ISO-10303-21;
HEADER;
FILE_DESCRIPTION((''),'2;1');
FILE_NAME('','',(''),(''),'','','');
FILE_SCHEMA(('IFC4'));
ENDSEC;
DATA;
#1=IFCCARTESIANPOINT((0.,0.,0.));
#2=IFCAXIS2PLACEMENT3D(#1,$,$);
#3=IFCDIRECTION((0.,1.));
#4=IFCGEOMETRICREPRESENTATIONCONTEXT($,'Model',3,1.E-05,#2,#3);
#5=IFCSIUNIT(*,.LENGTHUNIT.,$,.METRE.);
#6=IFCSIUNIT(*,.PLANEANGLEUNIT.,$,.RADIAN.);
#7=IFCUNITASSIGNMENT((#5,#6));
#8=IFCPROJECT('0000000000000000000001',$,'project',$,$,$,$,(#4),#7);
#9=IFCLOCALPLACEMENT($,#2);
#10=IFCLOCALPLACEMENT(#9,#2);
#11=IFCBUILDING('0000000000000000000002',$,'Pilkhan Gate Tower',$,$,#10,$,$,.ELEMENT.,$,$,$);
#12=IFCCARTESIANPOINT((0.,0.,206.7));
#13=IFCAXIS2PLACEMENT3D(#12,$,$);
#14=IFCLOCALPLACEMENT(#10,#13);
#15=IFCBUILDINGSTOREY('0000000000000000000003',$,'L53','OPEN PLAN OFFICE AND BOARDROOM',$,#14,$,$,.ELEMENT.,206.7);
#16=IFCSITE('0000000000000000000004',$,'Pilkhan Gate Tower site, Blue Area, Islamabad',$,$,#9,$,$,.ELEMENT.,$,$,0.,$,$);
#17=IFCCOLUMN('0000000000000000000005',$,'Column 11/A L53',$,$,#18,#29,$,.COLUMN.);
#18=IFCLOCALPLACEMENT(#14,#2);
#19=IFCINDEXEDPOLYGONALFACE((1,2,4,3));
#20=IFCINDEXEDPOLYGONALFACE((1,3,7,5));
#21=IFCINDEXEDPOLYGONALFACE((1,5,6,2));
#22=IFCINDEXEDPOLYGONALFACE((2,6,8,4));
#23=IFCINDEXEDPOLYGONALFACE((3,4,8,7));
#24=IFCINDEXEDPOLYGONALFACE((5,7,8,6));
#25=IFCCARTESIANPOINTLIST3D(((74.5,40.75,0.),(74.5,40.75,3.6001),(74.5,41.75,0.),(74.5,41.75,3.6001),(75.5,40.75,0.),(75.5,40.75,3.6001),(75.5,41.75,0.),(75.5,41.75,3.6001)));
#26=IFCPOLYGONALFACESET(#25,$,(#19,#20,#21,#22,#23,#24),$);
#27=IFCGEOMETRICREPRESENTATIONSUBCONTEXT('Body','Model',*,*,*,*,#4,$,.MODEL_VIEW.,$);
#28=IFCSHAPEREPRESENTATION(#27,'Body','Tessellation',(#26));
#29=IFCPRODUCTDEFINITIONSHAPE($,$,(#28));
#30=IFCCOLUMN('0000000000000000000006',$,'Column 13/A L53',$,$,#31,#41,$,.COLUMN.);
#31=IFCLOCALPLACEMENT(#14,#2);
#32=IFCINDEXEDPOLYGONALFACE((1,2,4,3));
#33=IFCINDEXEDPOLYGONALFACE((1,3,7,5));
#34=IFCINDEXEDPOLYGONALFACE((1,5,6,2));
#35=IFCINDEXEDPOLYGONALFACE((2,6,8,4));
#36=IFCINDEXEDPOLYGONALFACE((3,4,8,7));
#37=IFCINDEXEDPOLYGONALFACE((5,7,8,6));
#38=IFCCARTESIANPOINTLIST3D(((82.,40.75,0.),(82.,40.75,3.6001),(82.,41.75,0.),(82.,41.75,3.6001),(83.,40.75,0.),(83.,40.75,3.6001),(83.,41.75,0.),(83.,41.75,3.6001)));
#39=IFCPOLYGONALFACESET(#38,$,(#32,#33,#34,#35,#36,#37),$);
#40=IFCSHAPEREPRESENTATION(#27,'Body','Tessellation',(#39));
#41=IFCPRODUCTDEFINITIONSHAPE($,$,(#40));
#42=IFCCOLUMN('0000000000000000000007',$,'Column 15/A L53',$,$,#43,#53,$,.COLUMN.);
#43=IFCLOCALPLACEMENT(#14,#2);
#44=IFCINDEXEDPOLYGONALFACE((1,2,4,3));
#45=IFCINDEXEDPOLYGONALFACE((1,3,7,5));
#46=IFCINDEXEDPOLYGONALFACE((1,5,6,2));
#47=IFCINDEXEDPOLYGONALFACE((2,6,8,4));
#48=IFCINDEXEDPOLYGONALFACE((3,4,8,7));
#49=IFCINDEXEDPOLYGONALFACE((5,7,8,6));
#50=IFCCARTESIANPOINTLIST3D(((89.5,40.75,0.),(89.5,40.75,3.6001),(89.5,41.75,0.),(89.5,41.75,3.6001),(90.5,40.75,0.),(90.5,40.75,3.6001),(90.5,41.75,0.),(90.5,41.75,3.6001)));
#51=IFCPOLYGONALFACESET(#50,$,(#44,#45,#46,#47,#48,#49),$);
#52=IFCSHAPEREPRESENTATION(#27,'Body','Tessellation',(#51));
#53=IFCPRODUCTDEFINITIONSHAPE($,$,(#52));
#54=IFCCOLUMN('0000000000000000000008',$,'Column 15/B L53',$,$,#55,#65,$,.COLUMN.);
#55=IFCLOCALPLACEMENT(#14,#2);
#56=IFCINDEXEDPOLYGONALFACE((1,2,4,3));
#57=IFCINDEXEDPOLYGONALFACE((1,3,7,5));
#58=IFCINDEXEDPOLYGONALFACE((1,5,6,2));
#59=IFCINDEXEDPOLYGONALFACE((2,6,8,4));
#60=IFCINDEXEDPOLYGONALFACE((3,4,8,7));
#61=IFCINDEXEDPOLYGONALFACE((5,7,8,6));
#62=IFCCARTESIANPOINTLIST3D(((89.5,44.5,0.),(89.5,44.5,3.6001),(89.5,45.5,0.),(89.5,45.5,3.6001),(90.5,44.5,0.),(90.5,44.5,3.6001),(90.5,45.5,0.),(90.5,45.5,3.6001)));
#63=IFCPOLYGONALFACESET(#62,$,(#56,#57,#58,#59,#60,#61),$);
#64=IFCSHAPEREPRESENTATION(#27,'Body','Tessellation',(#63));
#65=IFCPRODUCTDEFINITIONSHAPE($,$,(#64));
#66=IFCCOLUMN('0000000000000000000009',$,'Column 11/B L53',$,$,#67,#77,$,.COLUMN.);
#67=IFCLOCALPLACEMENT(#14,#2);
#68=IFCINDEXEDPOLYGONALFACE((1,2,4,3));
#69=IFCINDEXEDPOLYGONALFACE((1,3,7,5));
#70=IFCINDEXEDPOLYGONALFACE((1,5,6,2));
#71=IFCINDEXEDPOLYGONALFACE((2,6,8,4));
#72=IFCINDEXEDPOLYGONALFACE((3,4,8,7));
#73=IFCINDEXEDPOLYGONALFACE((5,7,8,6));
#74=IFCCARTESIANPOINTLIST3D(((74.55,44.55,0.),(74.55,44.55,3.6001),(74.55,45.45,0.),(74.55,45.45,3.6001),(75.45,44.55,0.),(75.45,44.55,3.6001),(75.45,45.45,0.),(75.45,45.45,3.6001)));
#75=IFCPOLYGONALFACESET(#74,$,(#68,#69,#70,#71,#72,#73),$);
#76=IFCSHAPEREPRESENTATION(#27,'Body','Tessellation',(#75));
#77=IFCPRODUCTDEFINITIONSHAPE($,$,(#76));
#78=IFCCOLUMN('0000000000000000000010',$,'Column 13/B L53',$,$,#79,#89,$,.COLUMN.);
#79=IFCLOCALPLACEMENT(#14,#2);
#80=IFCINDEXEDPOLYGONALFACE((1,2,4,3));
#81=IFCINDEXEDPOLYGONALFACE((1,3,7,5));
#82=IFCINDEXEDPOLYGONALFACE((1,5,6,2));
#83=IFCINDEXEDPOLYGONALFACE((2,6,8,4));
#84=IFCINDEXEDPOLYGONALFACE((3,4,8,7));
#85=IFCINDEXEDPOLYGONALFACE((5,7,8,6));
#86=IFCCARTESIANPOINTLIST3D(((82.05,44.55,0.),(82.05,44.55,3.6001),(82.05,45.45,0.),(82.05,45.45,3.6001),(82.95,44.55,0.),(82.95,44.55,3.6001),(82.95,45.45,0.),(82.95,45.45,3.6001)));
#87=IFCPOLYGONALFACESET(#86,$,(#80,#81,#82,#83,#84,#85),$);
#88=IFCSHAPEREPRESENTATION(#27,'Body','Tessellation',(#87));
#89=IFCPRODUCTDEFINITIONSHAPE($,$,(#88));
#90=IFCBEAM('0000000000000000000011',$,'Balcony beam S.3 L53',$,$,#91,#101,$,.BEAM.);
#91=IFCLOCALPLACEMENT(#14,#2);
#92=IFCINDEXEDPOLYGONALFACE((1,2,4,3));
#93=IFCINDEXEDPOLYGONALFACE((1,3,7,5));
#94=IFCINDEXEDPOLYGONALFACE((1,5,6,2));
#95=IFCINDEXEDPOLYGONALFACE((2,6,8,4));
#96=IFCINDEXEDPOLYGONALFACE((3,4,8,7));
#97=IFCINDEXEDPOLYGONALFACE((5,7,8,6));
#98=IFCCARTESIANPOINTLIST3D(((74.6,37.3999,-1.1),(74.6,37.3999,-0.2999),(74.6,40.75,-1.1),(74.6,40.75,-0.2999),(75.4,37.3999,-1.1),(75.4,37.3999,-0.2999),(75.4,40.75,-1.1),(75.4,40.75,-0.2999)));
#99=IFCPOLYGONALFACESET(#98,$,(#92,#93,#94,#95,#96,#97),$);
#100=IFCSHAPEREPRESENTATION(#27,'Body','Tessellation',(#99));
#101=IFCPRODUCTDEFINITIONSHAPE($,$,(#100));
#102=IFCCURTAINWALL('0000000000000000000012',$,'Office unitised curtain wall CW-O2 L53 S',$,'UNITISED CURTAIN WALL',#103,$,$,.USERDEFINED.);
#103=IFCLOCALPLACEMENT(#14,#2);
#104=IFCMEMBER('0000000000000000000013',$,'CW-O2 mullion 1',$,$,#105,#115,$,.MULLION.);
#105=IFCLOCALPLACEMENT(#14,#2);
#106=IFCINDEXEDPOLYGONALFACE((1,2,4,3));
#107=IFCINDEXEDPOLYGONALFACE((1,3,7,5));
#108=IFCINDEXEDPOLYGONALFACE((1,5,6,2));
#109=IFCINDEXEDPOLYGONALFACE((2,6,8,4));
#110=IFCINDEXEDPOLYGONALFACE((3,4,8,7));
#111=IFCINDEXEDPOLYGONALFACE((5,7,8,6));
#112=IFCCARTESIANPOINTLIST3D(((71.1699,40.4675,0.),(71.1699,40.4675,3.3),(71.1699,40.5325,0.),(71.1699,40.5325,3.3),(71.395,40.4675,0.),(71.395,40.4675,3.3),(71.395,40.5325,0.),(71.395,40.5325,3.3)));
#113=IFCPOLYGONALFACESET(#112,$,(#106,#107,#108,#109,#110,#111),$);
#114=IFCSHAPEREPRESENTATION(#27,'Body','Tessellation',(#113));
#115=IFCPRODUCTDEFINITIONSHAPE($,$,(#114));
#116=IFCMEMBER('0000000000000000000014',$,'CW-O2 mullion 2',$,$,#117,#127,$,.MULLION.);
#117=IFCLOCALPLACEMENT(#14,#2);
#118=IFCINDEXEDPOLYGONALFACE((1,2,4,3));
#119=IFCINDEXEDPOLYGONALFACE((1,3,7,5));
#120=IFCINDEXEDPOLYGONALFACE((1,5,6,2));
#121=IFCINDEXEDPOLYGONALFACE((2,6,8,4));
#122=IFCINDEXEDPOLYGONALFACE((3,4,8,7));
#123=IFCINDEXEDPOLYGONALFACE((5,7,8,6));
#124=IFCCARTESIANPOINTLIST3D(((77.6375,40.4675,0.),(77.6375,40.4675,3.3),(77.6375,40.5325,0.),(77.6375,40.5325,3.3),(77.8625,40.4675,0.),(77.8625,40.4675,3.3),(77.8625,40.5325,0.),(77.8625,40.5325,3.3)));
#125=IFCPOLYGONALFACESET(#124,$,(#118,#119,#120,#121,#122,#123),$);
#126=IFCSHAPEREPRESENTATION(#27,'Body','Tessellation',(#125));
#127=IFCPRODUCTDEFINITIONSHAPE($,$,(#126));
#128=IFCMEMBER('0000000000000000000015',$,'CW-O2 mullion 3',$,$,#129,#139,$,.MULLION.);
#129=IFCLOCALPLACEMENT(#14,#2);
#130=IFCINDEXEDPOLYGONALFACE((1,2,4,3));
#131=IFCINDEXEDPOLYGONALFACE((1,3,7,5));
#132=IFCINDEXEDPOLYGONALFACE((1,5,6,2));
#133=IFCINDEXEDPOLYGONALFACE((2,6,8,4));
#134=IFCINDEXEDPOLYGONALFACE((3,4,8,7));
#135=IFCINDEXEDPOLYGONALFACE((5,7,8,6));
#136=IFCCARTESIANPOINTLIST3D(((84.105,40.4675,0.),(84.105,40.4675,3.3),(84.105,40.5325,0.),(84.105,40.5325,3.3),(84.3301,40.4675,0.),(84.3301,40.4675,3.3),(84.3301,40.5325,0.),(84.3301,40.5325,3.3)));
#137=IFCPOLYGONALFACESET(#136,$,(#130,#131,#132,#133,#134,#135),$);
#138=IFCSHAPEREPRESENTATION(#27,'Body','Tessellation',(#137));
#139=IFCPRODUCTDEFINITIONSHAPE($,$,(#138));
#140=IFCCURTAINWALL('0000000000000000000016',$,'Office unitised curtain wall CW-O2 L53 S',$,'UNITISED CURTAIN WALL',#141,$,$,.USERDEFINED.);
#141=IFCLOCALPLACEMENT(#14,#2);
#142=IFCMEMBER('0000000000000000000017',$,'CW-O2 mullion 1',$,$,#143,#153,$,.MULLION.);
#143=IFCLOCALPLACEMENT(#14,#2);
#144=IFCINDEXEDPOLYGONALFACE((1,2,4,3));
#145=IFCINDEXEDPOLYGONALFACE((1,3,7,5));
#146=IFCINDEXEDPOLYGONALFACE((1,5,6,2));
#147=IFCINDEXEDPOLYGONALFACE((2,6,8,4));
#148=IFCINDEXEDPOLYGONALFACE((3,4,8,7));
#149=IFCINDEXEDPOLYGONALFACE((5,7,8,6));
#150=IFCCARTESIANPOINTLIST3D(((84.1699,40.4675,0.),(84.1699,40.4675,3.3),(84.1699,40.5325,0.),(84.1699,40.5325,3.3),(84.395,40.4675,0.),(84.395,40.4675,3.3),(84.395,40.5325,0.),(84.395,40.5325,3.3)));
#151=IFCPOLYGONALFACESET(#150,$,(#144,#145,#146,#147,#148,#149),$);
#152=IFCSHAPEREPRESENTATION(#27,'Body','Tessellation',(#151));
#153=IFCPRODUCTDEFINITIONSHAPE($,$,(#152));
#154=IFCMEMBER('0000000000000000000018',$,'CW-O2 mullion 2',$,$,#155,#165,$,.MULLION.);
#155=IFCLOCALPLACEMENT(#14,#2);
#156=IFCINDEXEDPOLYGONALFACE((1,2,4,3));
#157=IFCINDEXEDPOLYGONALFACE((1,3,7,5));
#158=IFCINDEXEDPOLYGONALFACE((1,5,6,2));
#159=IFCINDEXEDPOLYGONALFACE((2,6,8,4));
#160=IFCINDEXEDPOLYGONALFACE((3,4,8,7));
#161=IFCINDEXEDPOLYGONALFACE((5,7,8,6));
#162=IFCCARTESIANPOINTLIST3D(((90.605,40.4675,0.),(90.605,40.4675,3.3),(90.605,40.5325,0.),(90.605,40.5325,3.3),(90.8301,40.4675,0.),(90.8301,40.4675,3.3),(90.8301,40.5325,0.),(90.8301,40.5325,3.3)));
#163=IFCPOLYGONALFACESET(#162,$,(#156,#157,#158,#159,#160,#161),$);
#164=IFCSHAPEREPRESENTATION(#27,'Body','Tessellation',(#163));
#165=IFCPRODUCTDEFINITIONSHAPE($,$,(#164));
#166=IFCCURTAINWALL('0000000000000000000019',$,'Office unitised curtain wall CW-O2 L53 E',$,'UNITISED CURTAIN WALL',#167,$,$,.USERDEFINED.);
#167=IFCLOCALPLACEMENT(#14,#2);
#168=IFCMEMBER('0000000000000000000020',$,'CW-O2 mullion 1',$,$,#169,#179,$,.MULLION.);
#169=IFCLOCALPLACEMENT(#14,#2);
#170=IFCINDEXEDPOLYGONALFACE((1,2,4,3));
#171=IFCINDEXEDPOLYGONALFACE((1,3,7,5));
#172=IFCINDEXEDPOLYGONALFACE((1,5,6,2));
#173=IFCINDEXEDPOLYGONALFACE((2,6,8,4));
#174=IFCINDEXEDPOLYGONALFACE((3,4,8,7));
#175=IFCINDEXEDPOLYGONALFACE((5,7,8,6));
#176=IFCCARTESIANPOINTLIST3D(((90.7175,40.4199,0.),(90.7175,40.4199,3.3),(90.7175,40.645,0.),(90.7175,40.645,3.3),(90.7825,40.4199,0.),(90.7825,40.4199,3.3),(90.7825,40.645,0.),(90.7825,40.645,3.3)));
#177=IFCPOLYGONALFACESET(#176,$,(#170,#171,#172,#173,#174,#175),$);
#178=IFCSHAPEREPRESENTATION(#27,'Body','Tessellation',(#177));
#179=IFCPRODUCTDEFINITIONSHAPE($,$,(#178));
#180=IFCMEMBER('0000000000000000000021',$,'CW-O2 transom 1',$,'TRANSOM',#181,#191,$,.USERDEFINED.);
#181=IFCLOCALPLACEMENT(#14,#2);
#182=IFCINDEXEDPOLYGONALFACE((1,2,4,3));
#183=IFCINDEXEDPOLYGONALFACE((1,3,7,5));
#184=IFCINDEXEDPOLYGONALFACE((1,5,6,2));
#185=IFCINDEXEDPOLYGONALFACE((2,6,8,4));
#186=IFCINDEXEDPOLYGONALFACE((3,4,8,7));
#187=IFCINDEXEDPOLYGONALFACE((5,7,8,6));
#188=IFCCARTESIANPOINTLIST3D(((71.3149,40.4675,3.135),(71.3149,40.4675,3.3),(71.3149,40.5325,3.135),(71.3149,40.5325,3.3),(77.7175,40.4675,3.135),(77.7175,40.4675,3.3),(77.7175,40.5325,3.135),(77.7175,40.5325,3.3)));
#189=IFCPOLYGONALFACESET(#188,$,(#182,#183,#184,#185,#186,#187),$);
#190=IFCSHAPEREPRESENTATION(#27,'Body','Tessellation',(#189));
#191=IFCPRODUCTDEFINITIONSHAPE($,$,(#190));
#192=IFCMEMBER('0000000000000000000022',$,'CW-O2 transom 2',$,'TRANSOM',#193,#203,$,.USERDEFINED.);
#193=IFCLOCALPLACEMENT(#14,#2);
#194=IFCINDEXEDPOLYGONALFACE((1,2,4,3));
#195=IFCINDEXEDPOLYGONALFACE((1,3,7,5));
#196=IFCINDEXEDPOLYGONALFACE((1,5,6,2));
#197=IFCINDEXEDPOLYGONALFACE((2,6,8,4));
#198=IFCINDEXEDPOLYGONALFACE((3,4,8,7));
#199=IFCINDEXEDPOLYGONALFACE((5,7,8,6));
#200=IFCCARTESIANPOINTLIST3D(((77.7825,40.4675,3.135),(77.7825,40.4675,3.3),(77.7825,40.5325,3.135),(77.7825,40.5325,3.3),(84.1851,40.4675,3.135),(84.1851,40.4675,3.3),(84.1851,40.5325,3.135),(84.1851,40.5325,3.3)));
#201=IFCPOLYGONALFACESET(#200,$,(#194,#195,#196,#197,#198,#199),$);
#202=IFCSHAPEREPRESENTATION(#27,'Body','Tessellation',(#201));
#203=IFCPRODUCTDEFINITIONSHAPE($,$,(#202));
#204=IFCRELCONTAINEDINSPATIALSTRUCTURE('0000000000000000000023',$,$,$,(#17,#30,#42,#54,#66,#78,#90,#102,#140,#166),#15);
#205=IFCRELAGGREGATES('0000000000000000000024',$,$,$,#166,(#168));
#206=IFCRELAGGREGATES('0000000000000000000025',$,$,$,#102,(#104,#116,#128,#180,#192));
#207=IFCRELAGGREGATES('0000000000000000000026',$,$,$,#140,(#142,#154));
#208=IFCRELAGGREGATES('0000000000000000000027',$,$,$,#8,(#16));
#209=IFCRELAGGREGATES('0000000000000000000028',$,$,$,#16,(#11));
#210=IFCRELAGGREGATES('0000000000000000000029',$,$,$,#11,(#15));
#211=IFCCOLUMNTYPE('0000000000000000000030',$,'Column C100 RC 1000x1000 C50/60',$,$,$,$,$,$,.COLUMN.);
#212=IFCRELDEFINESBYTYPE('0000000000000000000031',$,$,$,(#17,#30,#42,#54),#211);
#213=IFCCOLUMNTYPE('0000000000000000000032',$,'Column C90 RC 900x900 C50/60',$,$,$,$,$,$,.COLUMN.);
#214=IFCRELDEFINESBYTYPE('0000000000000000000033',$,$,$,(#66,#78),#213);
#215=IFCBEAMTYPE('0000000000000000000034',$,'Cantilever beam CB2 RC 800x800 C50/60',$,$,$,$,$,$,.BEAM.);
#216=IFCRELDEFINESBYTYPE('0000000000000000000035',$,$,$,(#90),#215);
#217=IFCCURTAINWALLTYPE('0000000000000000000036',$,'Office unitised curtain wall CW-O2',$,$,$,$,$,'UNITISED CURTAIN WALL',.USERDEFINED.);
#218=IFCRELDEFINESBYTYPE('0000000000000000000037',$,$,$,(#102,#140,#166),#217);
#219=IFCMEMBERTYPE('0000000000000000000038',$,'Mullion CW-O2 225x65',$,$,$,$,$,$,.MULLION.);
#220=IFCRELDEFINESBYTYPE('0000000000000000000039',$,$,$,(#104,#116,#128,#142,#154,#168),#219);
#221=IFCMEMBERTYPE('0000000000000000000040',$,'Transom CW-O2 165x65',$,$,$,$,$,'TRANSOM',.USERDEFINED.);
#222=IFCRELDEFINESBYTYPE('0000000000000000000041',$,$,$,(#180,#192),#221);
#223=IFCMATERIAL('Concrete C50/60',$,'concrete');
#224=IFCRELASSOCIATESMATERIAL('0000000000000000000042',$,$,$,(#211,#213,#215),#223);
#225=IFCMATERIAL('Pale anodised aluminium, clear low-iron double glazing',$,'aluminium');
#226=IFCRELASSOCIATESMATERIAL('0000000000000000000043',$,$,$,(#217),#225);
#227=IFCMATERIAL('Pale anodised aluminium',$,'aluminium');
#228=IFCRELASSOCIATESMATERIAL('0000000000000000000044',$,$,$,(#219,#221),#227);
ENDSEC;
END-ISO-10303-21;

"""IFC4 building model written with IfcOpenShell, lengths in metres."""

from ifc_helpers import new_model, si_unit, direction, frame, origin, origin_2d, place, context, subcontext, project, spatial, rectangle, extrude, material, material_profile, profile_set, type_object, element, aggregate, save


model = new_model("IFC4")

# Units and contexts
model_context = context("Model", 3, precision=1e-05, world=origin(), true_north=direction((0.0, 1.0)))
body_context = subcontext(model_context, "Body", "Model", "MODEL_VIEW")
ifc_project = project(units=[si_unit("LENGTHUNIT", "METRE"), si_unit("PLANEANGLEUNIT", "RADIAN")], contexts=[model_context])

# Site, building, storey
site_placement = place(None, origin())
site = spatial("IfcSite", under=ifc_project, at=site_placement, Name="Pilkhan Gate Tower site, Blue Area, Islamabad", CompositionType="ELEMENT", RefElevation=0.0)
building_placement = place(site_placement, origin())
building = spatial("IfcBuilding", under=site, at=building_placement, Name="Pilkhan Gate Tower", CompositionType="ELEMENT")
storey_placement = place(building_placement, frame((0.0, 0.0, 206.7)))
storey = spatial("IfcBuildingStorey", under=building, at=storey_placement, Name="L53", Description="OPEN PLAN OFFICE AND BOARDROOM", CompositionType="ELEMENT", Elevation=206.7)

# Columns
ifc_material_1 = material(Name="Concrete C50/60", Category="concrete")
ifc_material_profile_1 = material_profile(ifc_material_1, rectangle(XDim=1.0, YDim=1.0, at=origin_2d()), Name="RC 1000x1000")
ifc_profile_set_1 = profile_set([ifc_material_profile_1], Name="Concrete C50/60")
column_type_1 = type_object("IfcColumnType", Name="Column C100 RC 1000x1000 C50/60", PredefinedType="COLUMN", material=ifc_profile_set_1)
for number, where, z_axis, x_axis, name in (
    (1, (75.0, 41.25, 0.0), (0.0, 0.0, 1.0), (1.0, 0.0, 0.0), "Column 11/A L53"),
    (2, (82.5, 41.25, 0.0), (0.0, 0.0, 1.0), (1.0, 0.0, 0.0), "Column 13/A L53"),
    (3, (90.0, 41.25, 0.0), (0.0, 0.0, 1.0), (1.0, 0.0, 0.0), "Column 15/A L53"),
    (4, (90.0, 45.0, 0.0), (0.0, 0.0, 1.0), (1.0, 0.0, 0.0), "Column 15/B L53"),
):
    element("IfcColumn", number, at=place(storey_placement, frame(where, z_axis=z_axis, x_axis=x_axis)), inside=storey, type_object=column_type_1, Name=name, PredefinedType="COLUMN", context=body_context, shape_type="SweptSolid", body=[
        extrude(rectangle(XDim=1.0, YDim=1.0, at=origin_2d()), origin(), (0.0, 0.0, 1.0), 3.6001),
    ])
ifc_material_profile_2 = material_profile(ifc_material_1, rectangle(XDim=0.8999, YDim=0.8999, at=origin_2d()), Name="RC 900x900")
ifc_profile_set_2 = profile_set([ifc_material_profile_2], Name="Concrete C50/60")
column_type_2 = type_object("IfcColumnType", Name="Column C90 RC 900x900 C50/60", PredefinedType="COLUMN", material=ifc_profile_set_2)
for number, where, z_axis, x_axis, name in (
    (5, (75.0, 45.0, 0.0), (0.0, 0.0, 1.0), (1.0, 0.0, 0.0), "Column 11/B L53"),
    (6, (82.5, 45.0, 0.0), (0.0, 0.0, 1.0), (1.0, 0.0, 0.0), "Column 13/B L53"),
):
    element("IfcColumn", number, at=place(storey_placement, frame(where, z_axis=z_axis, x_axis=x_axis)), inside=storey, type_object=column_type_2, Name=name, PredefinedType="COLUMN", context=body_context, shape_type="SweptSolid", body=[
        extrude(rectangle(XDim=0.8999, YDim=0.8999, at=origin_2d()), origin(), (0.0, 0.0, 1.0), 3.6001),
    ])

# Beam
ifc_material_profile_3 = material_profile(ifc_material_1, rectangle(XDim=0.8, YDim=0.8, at=origin_2d()), Name="RC 800x800")
ifc_profile_set_3 = profile_set([ifc_material_profile_3], Name="Concrete C50/60")
beam_type = type_object("IfcBeamType", Name="Cantilever beam CB2 RC 800x800 C50/60", PredefinedType="BEAM", material=ifc_profile_set_3)
beam_placement = place(storey_placement, frame((75.0, 40.75, -0.7), z_axis=(0.0, -1.0, 0.0), x_axis=(1.0, 0.0, 0.0)))
element("IfcBeam", 7, at=beam_placement, inside=storey, type_object=beam_type, Name="Balcony beam S.3 L53", PredefinedType="BEAM", context=body_context, shape_type="SweptSolid", body=[
    extrude(rectangle(XDim=0.8, YDim=0.8, at=origin_2d()), origin(), (0.0, 0.0, 1.0), 3.3501),
])

# Curtain walls, members
ifc_material_2 = material(Name="Pale anodised aluminium, clear low-iron double glazing", Category="aluminium")
curtain_wall_type = type_object("IfcCurtainWallType", Name="Office unitised curtain wall CW-O2", ElementType="UNITISED CURTAIN WALL", PredefinedType="USERDEFINED", material=ifc_material_2)
curtain_wall_1_placement = place(storey_placement, origin())
curtain_wall_1 = element("IfcCurtainWall", 8, at=curtain_wall_1_placement, inside=storey, type_object=curtain_wall_type, Name="Office unitised curtain wall CW-O2 L53 S", ObjectType="UNITISED CURTAIN WALL", PredefinedType="USERDEFINED")
ifc_material_3 = material(Name="Pale anodised aluminium", Category="aluminium")
ifc_material_profile_4 = material_profile(ifc_material_3, rectangle(XDim=0.0649, YDim=0.2251, at=origin_2d()), Name="Mullion 225x65")
ifc_profile_set_4 = profile_set([ifc_material_profile_4], Name="Pale anodised aluminium")
member_type_1 = type_object("IfcMemberType", Name="Mullion CW-O2 225x65", PredefinedType="MULLION", material=ifc_profile_set_4)
member_1_placement = place(storey_placement, frame((71.2825, 40.5, 0.0), z_axis=(0.0, 0.0, 1.0), x_axis=(0.0, 1.0, 0.0)))
member_1 = element("IfcMember", 9, at=member_1_placement, type_object=member_type_1, Name="CW-O2 mullion 1", PredefinedType="MULLION", context=body_context, shape_type="SweptSolid", body=[
    extrude(rectangle(XDim=0.0649, YDim=0.2251, at=origin_2d()), origin(), (0.0, 0.0, 1.0), 3.3),
])
member_2_placement = place(storey_placement, frame((77.75, 40.5, 0.0), z_axis=(0.0, 0.0, 1.0), x_axis=(0.0, 1.0, 0.0)))
member_2 = element("IfcMember", 10, at=member_2_placement, type_object=member_type_1, Name="CW-O2 mullion 2", PredefinedType="MULLION", context=body_context, shape_type="SweptSolid", body=[
    extrude(rectangle(XDim=0.0649, YDim=0.2251, at=origin_2d()), origin(), (0.0, 0.0, 1.0), 3.3),
])
member_3_placement = place(storey_placement, frame((84.2175, 40.5, 0.0), z_axis=(0.0, 0.0, 1.0), x_axis=(0.0, 1.0, 0.0)))
member_3 = element("IfcMember", 11, at=member_3_placement, type_object=member_type_1, Name="CW-O2 mullion 3", PredefinedType="MULLION", context=body_context, shape_type="SweptSolid", body=[
    extrude(rectangle(XDim=0.0649, YDim=0.2251, at=origin_2d()), origin(), (0.0, 0.0, 1.0), 3.3),
])
curtain_wall_2_placement = place(storey_placement, origin())
curtain_wall_2 = element("IfcCurtainWall", 12, at=curtain_wall_2_placement, inside=storey, type_object=curtain_wall_type, Name="Office unitised curtain wall CW-O2 L53 S", ObjectType="UNITISED CURTAIN WALL", PredefinedType="USERDEFINED")
member_4_placement = place(storey_placement, frame((84.2825, 40.5, 0.0), z_axis=(0.0, 0.0, 1.0), x_axis=(0.0, 1.0, 0.0)))
member_4 = element("IfcMember", 13, at=member_4_placement, type_object=member_type_1, Name="CW-O2 mullion 1", PredefinedType="MULLION", context=body_context, shape_type="SweptSolid", body=[
    extrude(rectangle(XDim=0.0649, YDim=0.2251, at=origin_2d()), origin(), (0.0, 0.0, 1.0), 3.3),
])
member_5_placement = place(storey_placement, frame((90.7175, 40.5, 0.0), z_axis=(0.0, 0.0, 1.0), x_axis=(0.0, 1.0, 0.0)))
member_5 = element("IfcMember", 14, at=member_5_placement, type_object=member_type_1, Name="CW-O2 mullion 2", PredefinedType="MULLION", context=body_context, shape_type="SweptSolid", body=[
    extrude(rectangle(XDim=0.0649, YDim=0.2251, at=origin_2d()), origin(), (0.0, 0.0, 1.0), 3.3),
])

# Curtain wall, member
curtain_wall_3_placement = place(storey_placement, origin())
curtain_wall_3 = element("IfcCurtainWall", 15, at=curtain_wall_3_placement, inside=storey, type_object=curtain_wall_type, Name="Office unitised curtain wall CW-O2 L53 E", ObjectType="UNITISED CURTAIN WALL", PredefinedType="USERDEFINED")
member_6_placement = place(storey_placement, frame((90.75, 40.5325, 0.0), z_axis=(0.0, 0.0, 1.0), x_axis=(-1.0, 0.0, 0.0)))
member_6 = element("IfcMember", 16, at=member_6_placement, type_object=member_type_1, Name="CW-O2 mullion 1", PredefinedType="MULLION", context=body_context, shape_type="SweptSolid", body=[
    extrude(rectangle(XDim=0.0649, YDim=0.2251, at=origin_2d()), origin(), (0.0, 0.0, 1.0), 3.3),
])

# Members
ifc_material_profile_5 = material_profile(ifc_material_3, rectangle(XDim=0.0649, YDim=0.165, at=origin_2d()), Name="Transom 165x65")
ifc_profile_set_5 = profile_set([ifc_material_profile_5], Name="Pale anodised aluminium")
member_type_2 = type_object("IfcMemberType", Name="Transom CW-O2 165x65", ElementType="TRANSOM", PredefinedType="USERDEFINED", material=ifc_profile_set_5)
member_7_placement = place(storey_placement, frame((71.3149, 40.5, 3.2175), z_axis=(1.0, 0.0, 0.0), x_axis=(0.0, 1.0, 0.0)))
member_7 = element("IfcMember", 17, at=member_7_placement, type_object=member_type_2, Name="CW-O2 transom 1", ObjectType="TRANSOM", PredefinedType="USERDEFINED", context=body_context, shape_type="SweptSolid", body=[
    extrude(rectangle(XDim=0.0649, YDim=0.165, at=origin_2d()), origin(), (0.0, 0.0, 1.0), 6.4026),
])
member_8_placement = place(storey_placement, frame((77.7825, 40.5, 3.2175), z_axis=(1.0, 0.0, 0.0), x_axis=(0.0, 1.0, 0.0)))
member_8 = element("IfcMember", 18, at=member_8_placement, type_object=member_type_2, Name="CW-O2 transom 2", ObjectType="TRANSOM", PredefinedType="USERDEFINED", context=body_context, shape_type="SweptSolid", body=[
    extrude(rectangle(XDim=0.0649, YDim=0.165, at=origin_2d()), origin(), (0.0, 0.0, 1.0), 6.4026),
])
aggregate(curtain_wall_3, [member_6])

aggregate(curtain_wall_1, [member_1, member_2, member_3, member_7, member_8])
aggregate(curtain_wall_2, [member_4, member_5])

save(model, "model.ifc")
